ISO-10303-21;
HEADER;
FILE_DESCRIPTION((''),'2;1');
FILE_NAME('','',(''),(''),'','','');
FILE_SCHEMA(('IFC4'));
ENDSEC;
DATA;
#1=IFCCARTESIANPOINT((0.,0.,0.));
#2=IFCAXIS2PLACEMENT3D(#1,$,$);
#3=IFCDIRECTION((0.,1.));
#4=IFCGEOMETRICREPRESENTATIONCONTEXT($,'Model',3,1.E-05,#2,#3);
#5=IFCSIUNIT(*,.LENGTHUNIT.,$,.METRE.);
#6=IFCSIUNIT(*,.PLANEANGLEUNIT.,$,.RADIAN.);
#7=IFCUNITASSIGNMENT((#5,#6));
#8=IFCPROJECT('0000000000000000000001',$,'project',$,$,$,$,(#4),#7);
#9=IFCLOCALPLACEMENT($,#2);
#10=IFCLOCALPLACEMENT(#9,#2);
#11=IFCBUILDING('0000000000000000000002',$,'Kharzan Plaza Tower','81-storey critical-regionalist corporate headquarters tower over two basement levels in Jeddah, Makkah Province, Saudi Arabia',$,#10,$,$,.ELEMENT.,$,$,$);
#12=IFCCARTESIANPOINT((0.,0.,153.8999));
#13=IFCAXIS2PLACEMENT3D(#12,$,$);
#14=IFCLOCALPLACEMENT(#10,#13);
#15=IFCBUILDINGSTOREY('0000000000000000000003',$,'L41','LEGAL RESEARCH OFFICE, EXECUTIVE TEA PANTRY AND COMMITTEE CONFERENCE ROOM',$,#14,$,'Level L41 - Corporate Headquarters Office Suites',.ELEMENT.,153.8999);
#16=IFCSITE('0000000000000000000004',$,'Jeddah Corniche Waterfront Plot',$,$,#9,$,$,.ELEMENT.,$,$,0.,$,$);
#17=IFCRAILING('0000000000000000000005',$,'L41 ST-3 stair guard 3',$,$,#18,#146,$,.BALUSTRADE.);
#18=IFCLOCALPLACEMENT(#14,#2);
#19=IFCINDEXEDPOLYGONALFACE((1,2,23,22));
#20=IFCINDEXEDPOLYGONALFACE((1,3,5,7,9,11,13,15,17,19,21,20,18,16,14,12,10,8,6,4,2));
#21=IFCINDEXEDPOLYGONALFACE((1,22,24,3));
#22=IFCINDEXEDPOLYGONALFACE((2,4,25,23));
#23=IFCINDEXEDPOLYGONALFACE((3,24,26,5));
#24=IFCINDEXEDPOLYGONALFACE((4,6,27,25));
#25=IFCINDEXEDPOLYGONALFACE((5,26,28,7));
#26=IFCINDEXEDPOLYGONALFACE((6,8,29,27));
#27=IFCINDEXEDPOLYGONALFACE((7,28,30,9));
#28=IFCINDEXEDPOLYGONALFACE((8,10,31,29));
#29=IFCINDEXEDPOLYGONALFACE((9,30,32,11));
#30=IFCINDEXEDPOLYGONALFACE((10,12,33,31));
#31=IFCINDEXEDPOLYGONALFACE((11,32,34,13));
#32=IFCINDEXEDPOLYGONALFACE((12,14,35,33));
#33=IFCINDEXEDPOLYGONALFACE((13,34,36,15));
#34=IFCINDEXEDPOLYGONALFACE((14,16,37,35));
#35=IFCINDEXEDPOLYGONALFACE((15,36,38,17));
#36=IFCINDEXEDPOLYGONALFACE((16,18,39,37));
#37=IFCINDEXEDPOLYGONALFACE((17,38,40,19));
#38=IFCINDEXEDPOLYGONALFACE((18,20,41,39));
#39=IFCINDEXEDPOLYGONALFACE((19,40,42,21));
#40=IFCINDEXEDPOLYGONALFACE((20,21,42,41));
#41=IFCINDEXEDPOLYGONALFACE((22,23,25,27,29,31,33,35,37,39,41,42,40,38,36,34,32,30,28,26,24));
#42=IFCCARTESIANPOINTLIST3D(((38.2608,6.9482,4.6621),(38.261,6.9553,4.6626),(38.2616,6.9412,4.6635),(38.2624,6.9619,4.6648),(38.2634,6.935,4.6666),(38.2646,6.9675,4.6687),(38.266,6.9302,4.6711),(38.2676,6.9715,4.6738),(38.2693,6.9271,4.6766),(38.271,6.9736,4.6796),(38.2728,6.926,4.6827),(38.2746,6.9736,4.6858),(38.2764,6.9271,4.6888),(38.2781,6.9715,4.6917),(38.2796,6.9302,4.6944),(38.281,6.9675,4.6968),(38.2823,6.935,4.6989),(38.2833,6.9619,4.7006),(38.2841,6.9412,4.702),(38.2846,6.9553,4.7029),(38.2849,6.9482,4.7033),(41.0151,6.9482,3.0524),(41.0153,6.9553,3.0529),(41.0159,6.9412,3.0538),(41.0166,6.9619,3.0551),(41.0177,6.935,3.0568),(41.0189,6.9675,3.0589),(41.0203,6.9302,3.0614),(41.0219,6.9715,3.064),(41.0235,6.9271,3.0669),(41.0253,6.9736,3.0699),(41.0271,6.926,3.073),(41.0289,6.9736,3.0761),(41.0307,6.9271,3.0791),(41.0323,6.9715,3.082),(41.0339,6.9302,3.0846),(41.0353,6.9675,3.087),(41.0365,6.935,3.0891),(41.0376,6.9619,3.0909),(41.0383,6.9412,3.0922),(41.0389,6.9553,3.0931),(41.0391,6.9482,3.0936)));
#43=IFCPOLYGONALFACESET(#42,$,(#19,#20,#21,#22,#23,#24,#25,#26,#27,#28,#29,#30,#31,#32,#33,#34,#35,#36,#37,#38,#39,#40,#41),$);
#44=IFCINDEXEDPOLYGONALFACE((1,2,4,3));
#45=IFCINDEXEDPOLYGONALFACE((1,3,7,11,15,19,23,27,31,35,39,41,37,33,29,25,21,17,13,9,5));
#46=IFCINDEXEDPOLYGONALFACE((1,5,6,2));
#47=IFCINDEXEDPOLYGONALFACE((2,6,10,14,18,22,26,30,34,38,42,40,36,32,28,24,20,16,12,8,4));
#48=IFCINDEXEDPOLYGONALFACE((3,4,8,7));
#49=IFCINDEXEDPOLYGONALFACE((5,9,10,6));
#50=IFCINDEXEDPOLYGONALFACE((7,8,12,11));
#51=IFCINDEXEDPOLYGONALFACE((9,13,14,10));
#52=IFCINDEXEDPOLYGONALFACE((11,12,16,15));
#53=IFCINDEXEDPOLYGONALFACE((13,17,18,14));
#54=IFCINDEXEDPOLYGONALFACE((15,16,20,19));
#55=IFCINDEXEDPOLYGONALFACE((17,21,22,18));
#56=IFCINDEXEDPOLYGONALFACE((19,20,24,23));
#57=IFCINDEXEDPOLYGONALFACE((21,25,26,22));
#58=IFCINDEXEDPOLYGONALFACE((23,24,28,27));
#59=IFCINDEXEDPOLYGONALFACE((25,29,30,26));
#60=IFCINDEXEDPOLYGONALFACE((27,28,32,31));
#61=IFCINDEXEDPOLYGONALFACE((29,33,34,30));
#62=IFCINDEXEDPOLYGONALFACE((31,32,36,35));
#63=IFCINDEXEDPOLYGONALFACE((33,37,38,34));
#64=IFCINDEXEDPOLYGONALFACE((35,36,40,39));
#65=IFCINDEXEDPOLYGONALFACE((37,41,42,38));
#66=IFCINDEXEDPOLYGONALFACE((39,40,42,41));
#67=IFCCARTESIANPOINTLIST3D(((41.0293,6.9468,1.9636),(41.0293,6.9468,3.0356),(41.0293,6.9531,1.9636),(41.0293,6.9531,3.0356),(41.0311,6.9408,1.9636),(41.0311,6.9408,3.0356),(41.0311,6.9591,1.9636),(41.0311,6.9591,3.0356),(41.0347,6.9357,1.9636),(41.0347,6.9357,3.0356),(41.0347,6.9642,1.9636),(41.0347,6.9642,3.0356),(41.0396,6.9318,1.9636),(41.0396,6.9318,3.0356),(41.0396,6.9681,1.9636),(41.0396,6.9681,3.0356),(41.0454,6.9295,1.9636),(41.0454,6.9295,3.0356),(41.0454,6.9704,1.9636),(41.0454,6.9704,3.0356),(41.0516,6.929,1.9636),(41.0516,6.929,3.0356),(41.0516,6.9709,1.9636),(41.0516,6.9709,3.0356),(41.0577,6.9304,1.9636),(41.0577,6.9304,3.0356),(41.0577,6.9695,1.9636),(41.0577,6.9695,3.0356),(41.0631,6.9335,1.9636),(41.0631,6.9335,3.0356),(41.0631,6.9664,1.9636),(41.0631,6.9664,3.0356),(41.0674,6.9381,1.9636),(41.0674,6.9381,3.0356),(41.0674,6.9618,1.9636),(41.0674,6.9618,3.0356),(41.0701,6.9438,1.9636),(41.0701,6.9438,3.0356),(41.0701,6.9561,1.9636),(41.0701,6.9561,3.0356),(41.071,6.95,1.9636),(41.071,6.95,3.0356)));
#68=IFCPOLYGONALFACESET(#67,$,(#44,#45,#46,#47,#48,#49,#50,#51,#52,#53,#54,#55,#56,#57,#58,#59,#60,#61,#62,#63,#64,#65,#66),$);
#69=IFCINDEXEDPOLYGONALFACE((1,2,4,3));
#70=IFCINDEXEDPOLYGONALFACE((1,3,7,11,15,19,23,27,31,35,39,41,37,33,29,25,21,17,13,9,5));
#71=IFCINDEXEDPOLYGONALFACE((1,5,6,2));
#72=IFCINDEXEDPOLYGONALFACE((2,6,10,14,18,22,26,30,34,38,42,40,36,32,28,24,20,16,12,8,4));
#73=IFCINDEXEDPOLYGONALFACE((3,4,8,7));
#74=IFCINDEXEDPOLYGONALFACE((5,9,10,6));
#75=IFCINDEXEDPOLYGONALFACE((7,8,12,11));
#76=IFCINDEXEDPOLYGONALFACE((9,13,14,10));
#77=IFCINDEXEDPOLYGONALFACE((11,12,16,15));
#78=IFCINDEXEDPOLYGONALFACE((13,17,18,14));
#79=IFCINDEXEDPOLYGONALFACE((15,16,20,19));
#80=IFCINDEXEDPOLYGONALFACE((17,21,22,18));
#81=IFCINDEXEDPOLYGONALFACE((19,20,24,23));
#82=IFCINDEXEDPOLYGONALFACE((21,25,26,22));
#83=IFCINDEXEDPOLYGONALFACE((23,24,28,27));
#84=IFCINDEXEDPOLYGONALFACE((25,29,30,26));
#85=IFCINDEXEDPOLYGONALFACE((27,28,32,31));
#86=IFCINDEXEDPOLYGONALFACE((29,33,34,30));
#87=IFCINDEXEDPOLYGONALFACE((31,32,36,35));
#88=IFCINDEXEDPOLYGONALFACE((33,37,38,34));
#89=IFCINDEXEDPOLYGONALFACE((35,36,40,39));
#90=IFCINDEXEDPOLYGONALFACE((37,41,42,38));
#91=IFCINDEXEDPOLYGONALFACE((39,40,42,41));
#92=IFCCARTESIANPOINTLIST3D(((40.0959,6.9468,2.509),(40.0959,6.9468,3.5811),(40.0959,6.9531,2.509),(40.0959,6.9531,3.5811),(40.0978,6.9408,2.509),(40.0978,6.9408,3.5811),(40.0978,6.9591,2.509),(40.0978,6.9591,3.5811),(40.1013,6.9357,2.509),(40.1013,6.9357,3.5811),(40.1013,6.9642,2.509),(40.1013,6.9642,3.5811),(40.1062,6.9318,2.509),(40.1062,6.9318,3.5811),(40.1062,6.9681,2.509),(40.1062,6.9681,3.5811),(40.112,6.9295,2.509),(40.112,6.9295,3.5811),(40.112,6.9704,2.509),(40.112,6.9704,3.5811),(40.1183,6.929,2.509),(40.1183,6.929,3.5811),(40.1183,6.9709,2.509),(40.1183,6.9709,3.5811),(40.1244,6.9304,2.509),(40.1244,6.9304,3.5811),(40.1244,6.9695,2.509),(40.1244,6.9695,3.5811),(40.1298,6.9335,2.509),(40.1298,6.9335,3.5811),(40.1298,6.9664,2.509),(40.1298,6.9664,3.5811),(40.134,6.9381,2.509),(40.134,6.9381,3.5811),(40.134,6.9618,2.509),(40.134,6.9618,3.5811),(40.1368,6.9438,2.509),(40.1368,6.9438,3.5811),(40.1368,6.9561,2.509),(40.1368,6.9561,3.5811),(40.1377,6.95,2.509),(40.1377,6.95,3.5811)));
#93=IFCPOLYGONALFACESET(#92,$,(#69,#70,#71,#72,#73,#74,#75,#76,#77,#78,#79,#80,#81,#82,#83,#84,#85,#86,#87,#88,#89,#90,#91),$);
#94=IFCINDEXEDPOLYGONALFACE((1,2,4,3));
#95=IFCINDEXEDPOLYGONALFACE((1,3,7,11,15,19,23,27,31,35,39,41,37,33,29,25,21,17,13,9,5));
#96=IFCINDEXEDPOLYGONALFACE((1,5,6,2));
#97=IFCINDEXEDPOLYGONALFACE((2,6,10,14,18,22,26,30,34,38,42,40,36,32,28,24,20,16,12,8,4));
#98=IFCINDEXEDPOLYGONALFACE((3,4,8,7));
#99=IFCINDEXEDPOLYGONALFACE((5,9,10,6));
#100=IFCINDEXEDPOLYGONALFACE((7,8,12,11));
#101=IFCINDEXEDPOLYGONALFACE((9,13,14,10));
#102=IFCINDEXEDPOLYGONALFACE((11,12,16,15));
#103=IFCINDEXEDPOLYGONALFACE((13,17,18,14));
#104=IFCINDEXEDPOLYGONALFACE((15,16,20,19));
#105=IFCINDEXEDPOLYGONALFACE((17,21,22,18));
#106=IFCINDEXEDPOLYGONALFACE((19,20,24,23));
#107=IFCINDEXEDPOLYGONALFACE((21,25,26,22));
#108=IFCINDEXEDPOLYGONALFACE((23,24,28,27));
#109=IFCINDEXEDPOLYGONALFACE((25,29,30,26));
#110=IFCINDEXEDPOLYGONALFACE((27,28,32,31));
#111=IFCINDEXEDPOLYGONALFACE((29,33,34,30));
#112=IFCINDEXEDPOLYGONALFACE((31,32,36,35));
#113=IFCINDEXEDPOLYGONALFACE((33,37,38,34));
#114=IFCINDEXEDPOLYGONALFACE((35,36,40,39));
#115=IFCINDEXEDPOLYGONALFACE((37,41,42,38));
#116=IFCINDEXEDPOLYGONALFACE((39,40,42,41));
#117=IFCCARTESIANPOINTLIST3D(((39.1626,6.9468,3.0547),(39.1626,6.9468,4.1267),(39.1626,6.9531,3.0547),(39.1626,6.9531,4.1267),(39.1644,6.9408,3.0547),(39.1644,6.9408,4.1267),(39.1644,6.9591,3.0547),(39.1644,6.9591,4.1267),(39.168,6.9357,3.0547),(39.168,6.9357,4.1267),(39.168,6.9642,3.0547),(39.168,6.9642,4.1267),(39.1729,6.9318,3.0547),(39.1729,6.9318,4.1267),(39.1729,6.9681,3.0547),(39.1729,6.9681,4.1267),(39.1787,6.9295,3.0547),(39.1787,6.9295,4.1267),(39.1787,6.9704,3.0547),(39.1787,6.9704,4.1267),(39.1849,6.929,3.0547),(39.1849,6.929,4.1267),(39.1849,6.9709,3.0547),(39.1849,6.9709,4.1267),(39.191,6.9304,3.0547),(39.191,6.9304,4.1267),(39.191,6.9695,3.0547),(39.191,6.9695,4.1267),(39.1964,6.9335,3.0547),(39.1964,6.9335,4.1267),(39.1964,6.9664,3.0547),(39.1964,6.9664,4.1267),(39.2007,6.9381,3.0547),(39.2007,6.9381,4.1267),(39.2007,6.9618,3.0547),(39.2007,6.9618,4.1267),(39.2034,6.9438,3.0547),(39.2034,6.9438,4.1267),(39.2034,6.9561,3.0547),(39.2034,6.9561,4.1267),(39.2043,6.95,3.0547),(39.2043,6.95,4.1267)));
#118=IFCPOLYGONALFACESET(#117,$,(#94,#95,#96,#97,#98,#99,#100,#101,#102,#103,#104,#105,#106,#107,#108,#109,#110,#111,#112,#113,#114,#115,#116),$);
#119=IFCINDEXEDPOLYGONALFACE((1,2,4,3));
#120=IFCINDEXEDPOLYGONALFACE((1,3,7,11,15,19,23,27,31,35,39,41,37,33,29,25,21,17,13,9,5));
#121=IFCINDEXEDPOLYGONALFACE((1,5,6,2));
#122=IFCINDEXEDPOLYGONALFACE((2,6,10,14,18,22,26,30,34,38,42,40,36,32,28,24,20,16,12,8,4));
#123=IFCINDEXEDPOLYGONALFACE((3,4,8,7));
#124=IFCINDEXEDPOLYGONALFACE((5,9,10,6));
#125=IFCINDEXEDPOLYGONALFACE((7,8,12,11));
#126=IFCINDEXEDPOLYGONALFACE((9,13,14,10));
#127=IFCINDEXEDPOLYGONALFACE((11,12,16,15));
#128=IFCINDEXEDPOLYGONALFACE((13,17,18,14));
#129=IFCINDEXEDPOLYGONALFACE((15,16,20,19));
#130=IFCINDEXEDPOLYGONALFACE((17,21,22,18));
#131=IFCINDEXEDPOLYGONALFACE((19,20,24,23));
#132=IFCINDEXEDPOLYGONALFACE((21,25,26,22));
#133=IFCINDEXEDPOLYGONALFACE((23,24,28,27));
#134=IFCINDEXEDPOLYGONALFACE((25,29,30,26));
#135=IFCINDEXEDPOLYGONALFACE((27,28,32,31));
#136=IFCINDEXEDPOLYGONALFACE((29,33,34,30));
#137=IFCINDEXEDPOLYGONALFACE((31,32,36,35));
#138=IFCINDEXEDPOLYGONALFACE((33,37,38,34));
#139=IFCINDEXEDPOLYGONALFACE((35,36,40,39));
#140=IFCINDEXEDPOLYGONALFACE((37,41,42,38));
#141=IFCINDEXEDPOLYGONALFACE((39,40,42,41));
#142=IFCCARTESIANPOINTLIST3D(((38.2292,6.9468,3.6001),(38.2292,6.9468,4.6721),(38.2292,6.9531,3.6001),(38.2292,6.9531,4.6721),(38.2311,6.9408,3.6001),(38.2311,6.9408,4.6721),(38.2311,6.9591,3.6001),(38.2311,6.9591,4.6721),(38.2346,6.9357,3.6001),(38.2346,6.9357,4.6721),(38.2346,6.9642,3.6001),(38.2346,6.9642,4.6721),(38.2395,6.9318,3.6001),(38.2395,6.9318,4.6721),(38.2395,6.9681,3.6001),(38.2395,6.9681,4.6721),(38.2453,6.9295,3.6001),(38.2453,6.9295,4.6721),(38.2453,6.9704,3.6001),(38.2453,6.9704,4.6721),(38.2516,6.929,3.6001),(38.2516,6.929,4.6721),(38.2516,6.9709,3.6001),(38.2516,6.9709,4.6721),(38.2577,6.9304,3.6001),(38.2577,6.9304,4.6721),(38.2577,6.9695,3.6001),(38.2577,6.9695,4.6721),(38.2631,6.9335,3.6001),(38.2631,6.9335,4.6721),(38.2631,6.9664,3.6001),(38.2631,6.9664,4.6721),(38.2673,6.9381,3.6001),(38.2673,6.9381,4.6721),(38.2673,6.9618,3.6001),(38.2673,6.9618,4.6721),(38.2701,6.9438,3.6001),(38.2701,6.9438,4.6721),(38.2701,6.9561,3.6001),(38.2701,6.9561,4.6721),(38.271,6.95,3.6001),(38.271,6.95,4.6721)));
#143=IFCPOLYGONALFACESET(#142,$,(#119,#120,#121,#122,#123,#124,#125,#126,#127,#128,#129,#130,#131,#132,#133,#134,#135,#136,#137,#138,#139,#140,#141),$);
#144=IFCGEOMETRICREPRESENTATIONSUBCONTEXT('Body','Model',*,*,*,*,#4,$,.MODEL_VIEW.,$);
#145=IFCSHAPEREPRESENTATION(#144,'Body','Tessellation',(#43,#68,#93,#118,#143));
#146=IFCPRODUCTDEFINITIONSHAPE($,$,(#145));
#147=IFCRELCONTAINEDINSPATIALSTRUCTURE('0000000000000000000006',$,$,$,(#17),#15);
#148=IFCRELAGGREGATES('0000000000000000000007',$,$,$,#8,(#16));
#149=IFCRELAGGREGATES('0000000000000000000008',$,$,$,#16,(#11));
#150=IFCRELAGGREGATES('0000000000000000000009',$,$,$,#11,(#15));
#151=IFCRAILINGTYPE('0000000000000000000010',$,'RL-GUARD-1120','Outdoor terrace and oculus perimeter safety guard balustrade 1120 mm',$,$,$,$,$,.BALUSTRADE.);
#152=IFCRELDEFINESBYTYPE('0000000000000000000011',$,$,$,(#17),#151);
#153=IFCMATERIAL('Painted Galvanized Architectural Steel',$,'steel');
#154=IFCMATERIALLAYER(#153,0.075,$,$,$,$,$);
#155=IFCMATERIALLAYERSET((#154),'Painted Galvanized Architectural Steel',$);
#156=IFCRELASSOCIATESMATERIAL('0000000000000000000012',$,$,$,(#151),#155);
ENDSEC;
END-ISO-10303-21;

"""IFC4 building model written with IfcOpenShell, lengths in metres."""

from ifc_helpers import new_model, si_unit, direction, frame, origin, origin_2d, place, context, subcontext, project, spatial, circle, extrude, source, transform, mapped, material, layer, layer_set, type_object, element, save


model = new_model("IFC4")

# Units and contexts
model_context = context("Model", 3, precision=1e-05, world=origin(), true_north=direction((0.0, 1.0)))
body_context = subcontext(model_context, "Body", "Model", "MODEL_VIEW")
ifc_project = project(units=[si_unit("LENGTHUNIT", "METRE"), si_unit("PLANEANGLEUNIT", "RADIAN")], contexts=[model_context])

# Site, building, storey
site_placement = place(None, origin())
site = spatial("IfcSite", under=ifc_project, at=site_placement, Name="Jeddah Corniche Waterfront Plot", CompositionType="ELEMENT", RefElevation=0.0)
building_placement = place(site_placement, origin())
building = spatial("IfcBuilding", under=site, at=building_placement, Name="Kharzan Plaza Tower", Description="81-storey critical-regionalist corporate headquarters tower over two basement levels in Jeddah, Makkah Province, Saudi Arabia", CompositionType="ELEMENT")
storey_placement = place(building_placement, frame((0.0, 0.0, 153.8999)))
storey = spatial("IfcBuildingStorey", under=building, at=storey_placement, Name="L41", Description="LEGAL RESEARCH OFFICE, EXECUTIVE TEA PANTRY AND COMMITTEE CONFERENCE ROOM", LongName="Level L41 - Corporate Headquarters Office Suites", CompositionType="ELEMENT", Elevation=153.8999)

# Railing
ifc_material_1 = material(Name="Painted Galvanized Architectural Steel", Category="steel")
ifc_layer_1 = layer(ifc_material_1, 0.075)
ifc_layer_set_1 = layer_set([ifc_layer_1], Name="Painted Galvanized Architectural Steel")
railing_type_1 = type_object("IfcRailingType", Name="RL-GUARD-1120", Description="Outdoor terrace and oculus perimeter safety guard balustrade 1120 mm", PredefinedType="BALUSTRADE", material=ifc_layer_set_1)
shared_shape_1 = source(origin(), body_context, "Body", "SweptSolid", [
    extrude(circle(Radius=0.0239, at=origin_2d()), frame((-0.0229, 0.0, 1.1094), z_axis=(-0.863361, 0.0, 0.504587), x_axis=(0.0, -1.0, 0.0)), (0.0, 0.0, 1.0), 3.1902),
    extrude(circle(Radius=0.021, at=origin_2d()), origin(), (0.0, 0.0, 1.0), 1.072),
    extrude(circle(Radius=0.021, at=origin_2d()), frame((-0.9333, 0.0, 0.5454)), (0.0, 0.0, 1.0), 1.072),
    extrude(circle(Radius=0.021, at=origin_2d()), frame((-1.8667, 0.0, 1.0911)), (0.0, 0.0, 1.0), 1.072),
    extrude(circle(Radius=0.021, at=origin_2d()), frame((-2.8, 0.0, 1.6365)), (0.0, 0.0, 1.0), 1.072),
])
railing_1_placement = place(storey_placement, frame((41.05, 6.95, 1.9636)))
element("IfcRailing", 1, at=railing_1_placement, inside=storey, type_object=railing_type_1, Name="L41 ST-3 stair guard 3", PredefinedType="BALUSTRADE", context=body_context, shape_type="MappedRepresentation", body=[
    mapped(shared_shape_1, transform((0.0, 0.0, 0.0), x_axis=(1.0, 0.0, 0.0), y_axis=(0.0, 1.0, 0.0), z_axis=(0.0, 0.0, 1.0))),
])

save(model, "model.ifc")
